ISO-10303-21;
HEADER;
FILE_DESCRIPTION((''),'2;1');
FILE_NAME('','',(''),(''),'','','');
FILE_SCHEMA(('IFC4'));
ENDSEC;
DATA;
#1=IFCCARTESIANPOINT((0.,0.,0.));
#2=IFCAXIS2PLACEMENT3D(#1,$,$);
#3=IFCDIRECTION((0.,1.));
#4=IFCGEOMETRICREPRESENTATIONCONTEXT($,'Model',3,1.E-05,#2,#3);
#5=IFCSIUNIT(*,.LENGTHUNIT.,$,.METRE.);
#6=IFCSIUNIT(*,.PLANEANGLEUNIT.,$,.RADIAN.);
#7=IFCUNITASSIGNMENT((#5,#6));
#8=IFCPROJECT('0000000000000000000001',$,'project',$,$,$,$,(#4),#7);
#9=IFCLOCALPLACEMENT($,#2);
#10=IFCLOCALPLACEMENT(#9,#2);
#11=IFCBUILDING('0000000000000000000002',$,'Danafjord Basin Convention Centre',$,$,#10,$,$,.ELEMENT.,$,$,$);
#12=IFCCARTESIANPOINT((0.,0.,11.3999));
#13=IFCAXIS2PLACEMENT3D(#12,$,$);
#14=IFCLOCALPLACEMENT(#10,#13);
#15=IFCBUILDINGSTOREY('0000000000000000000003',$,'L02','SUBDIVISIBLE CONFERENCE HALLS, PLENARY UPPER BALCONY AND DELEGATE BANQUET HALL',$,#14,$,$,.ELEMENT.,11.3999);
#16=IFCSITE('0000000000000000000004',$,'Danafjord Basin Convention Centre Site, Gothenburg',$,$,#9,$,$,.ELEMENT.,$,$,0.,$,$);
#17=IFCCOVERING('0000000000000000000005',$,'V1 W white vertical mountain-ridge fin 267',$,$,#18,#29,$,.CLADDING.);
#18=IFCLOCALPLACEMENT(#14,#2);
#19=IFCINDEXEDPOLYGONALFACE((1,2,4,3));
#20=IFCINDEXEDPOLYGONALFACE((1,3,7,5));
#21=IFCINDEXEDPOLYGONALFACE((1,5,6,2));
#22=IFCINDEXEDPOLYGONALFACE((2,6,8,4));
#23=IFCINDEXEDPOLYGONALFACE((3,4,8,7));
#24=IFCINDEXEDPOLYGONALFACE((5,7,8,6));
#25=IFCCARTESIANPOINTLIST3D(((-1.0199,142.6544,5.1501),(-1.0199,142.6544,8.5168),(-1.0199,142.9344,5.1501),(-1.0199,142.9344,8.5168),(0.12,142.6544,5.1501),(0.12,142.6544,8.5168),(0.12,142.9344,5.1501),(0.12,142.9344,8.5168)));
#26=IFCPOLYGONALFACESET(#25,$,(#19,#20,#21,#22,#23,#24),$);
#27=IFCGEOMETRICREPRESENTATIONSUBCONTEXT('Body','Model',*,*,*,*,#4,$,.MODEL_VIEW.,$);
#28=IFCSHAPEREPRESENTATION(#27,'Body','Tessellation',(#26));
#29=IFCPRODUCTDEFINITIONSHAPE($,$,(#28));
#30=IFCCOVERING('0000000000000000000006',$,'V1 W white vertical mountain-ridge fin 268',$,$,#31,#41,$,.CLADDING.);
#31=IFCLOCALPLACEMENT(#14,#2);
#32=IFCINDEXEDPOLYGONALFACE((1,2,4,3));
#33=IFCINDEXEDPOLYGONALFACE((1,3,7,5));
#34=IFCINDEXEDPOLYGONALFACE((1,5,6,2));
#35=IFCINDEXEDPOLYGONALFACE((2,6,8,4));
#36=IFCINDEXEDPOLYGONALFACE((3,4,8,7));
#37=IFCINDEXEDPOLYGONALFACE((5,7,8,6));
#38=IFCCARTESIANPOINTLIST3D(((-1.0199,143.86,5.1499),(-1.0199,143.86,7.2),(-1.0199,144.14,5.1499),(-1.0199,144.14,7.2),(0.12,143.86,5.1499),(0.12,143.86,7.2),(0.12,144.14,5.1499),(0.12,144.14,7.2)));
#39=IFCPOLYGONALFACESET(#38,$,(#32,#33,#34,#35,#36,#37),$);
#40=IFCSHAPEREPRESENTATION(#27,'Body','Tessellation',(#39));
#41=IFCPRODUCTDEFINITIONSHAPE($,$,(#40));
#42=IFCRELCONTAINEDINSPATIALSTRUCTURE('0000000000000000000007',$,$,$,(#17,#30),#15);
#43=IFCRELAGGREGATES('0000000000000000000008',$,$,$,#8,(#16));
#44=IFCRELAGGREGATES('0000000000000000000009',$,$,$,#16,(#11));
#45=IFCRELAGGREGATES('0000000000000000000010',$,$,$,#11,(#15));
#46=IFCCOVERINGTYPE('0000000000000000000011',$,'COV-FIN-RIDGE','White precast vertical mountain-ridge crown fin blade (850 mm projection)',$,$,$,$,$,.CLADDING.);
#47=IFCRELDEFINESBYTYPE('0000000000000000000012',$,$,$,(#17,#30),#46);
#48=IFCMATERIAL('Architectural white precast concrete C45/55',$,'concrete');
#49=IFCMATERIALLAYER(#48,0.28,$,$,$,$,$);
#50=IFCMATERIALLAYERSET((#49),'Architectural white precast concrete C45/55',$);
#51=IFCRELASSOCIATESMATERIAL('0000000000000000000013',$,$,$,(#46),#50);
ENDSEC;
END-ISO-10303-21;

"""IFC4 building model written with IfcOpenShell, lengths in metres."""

from ifc_helpers import new_model, si_unit, direction, frame, origin, origin_2d, place, context, subcontext, project, spatial, rectangle, extrude, material, layer, layer_set, type_object, element, save


model = new_model("IFC4")

# Units and contexts
model_context = context("Model", 3, precision=1e-05, world=origin(), true_north=direction((0.0, 1.0)))
body_context = subcontext(model_context, "Body", "Model", "MODEL_VIEW")
ifc_project = project(units=[si_unit("LENGTHUNIT", "METRE"), si_unit("PLANEANGLEUNIT", "RADIAN")], contexts=[model_context])

# Site, building, storey
site_placement = place(None, origin())
site = spatial("IfcSite", under=ifc_project, at=site_placement, Name="Danafjord Basin Convention Centre Site, Gothenburg", CompositionType="ELEMENT", RefElevation=0.0)
building_placement = place(site_placement, origin())
building = spatial("IfcBuilding", under=site, at=building_placement, Name="Danafjord Basin Convention Centre", CompositionType="ELEMENT")
storey_placement = place(building_placement, frame((0.0, 0.0, 11.3999)))
storey = spatial("IfcBuildingStorey", under=building, at=storey_placement, Name="L02", Description="SUBDIVISIBLE CONFERENCE HALLS, PLENARY UPPER BALCONY AND DELEGATE BANQUET HALL", CompositionType="ELEMENT", Elevation=11.3999)

# Coverings
ifc_material_1 = material(Name="Architectural white precast concrete C45/55", Category="concrete")
ifc_layer_1 = layer(ifc_material_1, 0.28)
ifc_layer_set_1 = layer_set([ifc_layer_1], Name="Architectural white precast concrete C45/55")
covering_type = type_object("IfcCoveringType", Name="COV-FIN-RIDGE", Description="White precast vertical mountain-ridge crown fin blade (850 mm projection)", PredefinedType="CLADDING", material=ifc_layer_set_1)
covering_1_placement = place(storey_placement, frame((-0.45, 142.7944, 5.1501), z_axis=(0.0, 0.0, 1.0), x_axis=(1.0, 0.0, 0.0)))
element("IfcCovering", 1, at=covering_1_placement, inside=storey, type_object=covering_type, Name="V1 W white vertical mountain-ridge fin 267", PredefinedType="CLADDING", context=body_context, shape_type="SweptSolid", body=[
    extrude(rectangle(XDim=1.1399, YDim=0.28, at=origin_2d()), origin(), (0.0, 0.0, 1.0), 3.3667),
])
covering_2_placement = place(storey_placement, frame((-0.45, 144.0, 5.1499), z_axis=(0.0, 0.0, 1.0), x_axis=(1.0, 0.0, 0.0)))
element("IfcCovering", 2, at=covering_2_placement, inside=storey, type_object=covering_type, Name="V1 W white vertical mountain-ridge fin 268", PredefinedType="CLADDING", context=body_context, shape_type="SweptSolid", body=[
    extrude(rectangle(XDim=1.1399, YDim=0.28, at=origin_2d()), origin(), (0.0, 0.0, 1.0), 2.05),
])

save(model, "model.ifc")
